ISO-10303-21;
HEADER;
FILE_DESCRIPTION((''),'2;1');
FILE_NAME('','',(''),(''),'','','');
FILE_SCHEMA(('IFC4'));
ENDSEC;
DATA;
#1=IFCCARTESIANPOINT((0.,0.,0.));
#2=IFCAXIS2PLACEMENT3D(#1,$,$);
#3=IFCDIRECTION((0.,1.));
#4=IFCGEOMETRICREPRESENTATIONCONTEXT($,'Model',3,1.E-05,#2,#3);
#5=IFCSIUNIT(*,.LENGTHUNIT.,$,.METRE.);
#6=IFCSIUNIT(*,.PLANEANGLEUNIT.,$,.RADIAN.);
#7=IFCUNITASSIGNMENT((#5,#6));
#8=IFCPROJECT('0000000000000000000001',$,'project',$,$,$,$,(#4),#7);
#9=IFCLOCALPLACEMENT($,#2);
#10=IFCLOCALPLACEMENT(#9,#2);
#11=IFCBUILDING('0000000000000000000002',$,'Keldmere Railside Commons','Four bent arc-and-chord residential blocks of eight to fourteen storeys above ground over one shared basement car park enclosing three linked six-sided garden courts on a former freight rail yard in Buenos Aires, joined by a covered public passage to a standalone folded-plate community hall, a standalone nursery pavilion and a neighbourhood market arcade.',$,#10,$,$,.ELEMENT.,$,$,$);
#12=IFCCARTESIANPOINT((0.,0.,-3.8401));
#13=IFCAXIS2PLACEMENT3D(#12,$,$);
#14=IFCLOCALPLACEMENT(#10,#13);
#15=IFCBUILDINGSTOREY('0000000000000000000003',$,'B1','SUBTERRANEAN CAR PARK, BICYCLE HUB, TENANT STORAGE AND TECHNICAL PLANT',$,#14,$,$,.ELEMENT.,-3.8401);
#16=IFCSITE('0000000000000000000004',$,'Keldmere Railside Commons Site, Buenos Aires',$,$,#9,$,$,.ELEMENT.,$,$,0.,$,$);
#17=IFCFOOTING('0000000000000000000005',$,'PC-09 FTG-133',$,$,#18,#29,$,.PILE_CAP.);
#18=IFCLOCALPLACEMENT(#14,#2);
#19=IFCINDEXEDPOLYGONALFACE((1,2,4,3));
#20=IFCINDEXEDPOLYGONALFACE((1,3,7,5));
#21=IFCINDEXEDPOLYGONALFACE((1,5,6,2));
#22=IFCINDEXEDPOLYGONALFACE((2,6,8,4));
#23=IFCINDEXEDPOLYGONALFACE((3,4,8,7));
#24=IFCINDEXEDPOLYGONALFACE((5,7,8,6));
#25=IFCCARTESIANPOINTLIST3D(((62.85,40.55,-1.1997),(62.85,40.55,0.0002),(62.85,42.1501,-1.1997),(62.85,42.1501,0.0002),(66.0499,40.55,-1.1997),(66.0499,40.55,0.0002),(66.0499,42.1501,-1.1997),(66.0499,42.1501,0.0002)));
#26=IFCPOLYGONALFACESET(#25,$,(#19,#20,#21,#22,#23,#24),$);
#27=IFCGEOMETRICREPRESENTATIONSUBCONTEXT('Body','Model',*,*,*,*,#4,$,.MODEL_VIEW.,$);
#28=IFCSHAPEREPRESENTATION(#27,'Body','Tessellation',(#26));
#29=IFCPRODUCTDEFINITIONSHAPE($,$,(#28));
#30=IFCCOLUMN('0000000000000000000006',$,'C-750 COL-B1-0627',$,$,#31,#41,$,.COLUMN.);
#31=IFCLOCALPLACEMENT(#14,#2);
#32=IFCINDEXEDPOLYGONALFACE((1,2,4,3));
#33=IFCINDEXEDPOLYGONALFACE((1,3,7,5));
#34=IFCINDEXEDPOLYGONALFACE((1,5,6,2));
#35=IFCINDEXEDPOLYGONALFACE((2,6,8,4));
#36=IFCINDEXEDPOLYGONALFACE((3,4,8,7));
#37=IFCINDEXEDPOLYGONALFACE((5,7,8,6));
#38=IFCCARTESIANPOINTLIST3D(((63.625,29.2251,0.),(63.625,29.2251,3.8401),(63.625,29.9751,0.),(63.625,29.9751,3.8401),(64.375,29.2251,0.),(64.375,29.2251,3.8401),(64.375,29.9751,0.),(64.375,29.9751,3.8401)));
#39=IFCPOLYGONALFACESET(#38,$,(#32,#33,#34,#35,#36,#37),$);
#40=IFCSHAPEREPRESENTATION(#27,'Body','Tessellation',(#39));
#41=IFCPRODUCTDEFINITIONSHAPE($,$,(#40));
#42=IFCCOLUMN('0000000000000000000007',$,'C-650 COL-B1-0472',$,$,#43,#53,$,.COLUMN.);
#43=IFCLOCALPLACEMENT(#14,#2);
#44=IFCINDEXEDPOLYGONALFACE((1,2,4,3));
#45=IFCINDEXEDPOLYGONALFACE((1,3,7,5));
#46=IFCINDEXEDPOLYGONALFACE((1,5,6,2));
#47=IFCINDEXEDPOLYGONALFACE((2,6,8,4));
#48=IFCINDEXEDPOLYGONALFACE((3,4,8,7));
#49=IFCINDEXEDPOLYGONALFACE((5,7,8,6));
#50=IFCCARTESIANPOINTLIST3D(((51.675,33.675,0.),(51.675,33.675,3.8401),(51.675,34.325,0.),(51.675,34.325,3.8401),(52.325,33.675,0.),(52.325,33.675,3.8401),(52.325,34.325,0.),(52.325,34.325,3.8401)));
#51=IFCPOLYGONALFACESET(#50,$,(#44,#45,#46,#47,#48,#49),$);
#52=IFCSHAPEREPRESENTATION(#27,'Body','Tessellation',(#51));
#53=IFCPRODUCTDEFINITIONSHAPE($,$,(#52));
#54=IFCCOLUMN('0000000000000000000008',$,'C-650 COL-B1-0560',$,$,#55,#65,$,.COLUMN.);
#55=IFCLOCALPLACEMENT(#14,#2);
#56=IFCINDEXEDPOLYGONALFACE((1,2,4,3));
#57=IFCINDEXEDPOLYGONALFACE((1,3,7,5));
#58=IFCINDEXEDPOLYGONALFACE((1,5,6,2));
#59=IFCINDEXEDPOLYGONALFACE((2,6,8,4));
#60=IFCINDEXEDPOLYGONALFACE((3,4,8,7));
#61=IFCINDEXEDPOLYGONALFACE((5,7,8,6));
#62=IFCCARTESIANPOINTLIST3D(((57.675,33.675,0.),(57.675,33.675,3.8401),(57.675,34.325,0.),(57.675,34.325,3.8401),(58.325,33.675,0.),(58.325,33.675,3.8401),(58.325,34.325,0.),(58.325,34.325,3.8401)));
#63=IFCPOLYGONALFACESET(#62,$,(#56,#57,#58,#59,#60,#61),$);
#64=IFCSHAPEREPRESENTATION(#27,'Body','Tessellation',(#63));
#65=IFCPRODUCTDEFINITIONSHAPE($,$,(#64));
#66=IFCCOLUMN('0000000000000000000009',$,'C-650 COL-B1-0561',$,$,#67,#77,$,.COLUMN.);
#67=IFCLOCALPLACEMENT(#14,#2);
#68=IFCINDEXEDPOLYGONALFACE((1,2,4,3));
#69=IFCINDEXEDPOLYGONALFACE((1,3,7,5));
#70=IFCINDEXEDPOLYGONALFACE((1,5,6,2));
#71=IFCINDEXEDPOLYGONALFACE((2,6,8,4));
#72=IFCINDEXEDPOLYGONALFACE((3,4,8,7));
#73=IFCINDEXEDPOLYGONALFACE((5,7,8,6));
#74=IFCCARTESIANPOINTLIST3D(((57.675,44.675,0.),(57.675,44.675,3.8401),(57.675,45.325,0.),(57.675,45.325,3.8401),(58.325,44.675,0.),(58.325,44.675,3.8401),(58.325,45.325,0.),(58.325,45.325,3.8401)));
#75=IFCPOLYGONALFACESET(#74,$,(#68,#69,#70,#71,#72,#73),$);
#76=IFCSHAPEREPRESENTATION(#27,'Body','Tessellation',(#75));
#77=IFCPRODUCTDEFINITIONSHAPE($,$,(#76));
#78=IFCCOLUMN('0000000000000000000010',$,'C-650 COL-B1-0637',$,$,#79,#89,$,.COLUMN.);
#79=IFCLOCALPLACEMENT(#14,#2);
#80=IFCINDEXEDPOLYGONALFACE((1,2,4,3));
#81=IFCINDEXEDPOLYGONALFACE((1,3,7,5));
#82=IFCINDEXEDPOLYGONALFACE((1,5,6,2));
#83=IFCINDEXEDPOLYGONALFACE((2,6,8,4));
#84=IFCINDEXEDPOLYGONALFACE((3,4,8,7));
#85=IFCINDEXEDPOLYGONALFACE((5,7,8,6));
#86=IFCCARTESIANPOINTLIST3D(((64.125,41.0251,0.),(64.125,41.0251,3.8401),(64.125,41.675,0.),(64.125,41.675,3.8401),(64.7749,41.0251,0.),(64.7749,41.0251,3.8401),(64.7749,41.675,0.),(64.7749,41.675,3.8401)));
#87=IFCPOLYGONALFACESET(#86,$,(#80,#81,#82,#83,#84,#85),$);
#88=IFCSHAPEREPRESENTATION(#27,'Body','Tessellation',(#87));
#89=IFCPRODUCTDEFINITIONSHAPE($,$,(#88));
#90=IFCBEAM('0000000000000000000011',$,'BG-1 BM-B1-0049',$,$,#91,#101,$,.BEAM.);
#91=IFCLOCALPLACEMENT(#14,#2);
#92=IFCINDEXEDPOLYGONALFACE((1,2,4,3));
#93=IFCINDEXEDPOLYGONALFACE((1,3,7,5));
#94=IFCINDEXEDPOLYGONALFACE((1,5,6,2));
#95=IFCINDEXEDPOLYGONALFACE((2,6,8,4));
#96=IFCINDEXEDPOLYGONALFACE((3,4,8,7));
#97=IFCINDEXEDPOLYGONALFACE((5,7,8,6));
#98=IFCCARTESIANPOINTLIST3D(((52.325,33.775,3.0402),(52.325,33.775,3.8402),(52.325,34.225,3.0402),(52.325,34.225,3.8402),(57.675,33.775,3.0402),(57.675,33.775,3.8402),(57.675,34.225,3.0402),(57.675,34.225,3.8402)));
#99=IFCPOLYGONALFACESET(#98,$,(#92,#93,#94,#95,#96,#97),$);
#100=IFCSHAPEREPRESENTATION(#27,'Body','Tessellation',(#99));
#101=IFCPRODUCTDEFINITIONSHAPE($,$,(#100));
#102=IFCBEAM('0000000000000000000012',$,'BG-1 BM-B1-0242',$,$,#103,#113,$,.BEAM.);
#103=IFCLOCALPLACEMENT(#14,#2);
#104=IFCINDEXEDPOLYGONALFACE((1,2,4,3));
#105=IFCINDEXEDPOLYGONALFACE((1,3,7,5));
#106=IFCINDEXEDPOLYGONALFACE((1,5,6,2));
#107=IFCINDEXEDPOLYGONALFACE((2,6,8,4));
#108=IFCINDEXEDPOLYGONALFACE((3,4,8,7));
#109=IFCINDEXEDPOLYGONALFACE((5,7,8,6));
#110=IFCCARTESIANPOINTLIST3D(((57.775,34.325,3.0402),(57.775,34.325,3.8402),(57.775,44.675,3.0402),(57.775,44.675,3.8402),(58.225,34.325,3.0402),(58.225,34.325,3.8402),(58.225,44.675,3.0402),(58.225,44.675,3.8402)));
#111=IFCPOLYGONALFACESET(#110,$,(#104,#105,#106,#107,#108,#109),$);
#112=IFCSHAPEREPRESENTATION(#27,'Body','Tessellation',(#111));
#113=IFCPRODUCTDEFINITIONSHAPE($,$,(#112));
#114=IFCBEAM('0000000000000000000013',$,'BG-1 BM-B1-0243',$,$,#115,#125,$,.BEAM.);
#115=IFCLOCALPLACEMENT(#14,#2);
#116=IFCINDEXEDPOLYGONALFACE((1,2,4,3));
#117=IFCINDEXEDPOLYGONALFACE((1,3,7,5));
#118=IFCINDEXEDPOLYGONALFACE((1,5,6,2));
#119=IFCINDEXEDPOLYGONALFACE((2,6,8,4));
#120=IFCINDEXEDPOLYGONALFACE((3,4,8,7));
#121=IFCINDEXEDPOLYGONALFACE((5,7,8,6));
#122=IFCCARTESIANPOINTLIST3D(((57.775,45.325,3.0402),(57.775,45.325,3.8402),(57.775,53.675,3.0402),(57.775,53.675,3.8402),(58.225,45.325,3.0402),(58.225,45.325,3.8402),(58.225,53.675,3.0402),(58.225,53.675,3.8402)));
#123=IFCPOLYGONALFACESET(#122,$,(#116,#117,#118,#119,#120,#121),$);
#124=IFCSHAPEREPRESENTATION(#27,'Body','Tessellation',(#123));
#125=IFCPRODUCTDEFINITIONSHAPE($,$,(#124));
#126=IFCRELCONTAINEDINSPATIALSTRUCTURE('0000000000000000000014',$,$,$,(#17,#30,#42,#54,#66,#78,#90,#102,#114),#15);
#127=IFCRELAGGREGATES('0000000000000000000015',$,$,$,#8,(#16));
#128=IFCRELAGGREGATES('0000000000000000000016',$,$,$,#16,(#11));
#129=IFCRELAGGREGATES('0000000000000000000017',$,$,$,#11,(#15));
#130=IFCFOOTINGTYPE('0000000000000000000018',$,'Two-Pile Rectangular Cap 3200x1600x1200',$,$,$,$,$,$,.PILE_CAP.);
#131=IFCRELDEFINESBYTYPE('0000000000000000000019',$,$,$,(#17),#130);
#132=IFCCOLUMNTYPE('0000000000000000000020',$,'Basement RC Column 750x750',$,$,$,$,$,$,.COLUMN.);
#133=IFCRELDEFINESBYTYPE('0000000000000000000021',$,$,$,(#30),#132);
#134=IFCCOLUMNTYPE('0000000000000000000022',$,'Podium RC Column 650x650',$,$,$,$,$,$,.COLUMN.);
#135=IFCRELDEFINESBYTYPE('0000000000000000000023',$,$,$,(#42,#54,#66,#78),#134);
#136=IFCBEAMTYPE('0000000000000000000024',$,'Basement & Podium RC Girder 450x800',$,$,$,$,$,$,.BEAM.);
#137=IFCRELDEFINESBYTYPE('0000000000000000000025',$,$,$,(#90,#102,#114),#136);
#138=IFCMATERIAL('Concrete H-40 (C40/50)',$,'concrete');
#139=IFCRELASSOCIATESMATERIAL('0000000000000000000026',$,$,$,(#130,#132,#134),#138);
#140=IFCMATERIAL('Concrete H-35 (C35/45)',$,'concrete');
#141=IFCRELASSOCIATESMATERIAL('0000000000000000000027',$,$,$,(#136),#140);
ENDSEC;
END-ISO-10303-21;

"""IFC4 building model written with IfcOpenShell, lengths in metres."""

from ifc_helpers import new_model, si_unit, direction, frame, origin, origin_2d, place, context, subcontext, project, spatial, rectangle, extrude, material, material_profile, profile_set, type_object, element, save


model = new_model("IFC4")

# Units and contexts
model_context = context("Model", 3, precision=1e-05, world=origin(), true_north=direction((0.0, 1.0)))
body_context = subcontext(model_context, "Body", "Model", "MODEL_VIEW")
ifc_project = project(units=[si_unit("LENGTHUNIT", "METRE"), si_unit("PLANEANGLEUNIT", "RADIAN")], contexts=[model_context])

# Site, building, storey
site_placement = place(None, origin())
site = spatial("IfcSite", under=ifc_project, at=site_placement, Name="Keldmere Railside Commons Site, Buenos Aires", CompositionType="ELEMENT", RefElevation=0.0)
building_placement = place(site_placement, origin())
building = spatial("IfcBuilding", under=site, at=building_placement, Name="Keldmere Railside Commons", Description="Four bent arc-and-chord residential blocks of eight to fourteen storeys above ground over one shared basement car park enclosing three linked six-sided garden courts on a former freight rail yard in Buenos Aires, joined by a covered public passage to a standalone folded-plate community hall, a standalone nursery pavilion and a neighbourhood market arcade.", CompositionType="ELEMENT")
storey_placement = place(building_placement, frame((0.0, 0.0, -3.8401)))
storey = spatial("IfcBuildingStorey", under=building, at=storey_placement, Name="B1", Description="SUBTERRANEAN CAR PARK, BICYCLE HUB, TENANT STORAGE AND TECHNICAL PLANT", CompositionType="ELEMENT", Elevation=-3.8401)

# Footing
ifc_material_1 = material(Name="Concrete H-40 (C40/50)", Category="concrete")
footing_type_1 = type_object("IfcFootingType", Name="Two-Pile Rectangular Cap 3200x1600x1200", PredefinedType="PILE_CAP", material=ifc_material_1)
footing_1_placement = place(storey_placement, frame((64.45, 41.3501, -1.1997), z_axis=(0.0, 0.0, 1.0), x_axis=(1.0, 0.0, 0.0)))
element("IfcFooting", 1, at=footing_1_placement, inside=storey, type_object=footing_type_1, Name="PC-09 FTG-133", PredefinedType="PILE_CAP", context=body_context, shape_type="SweptSolid", body=[
    extrude(rectangle(XDim=3.2, YDim=1.6001, at=origin_2d()), origin(), (0.0, 0.0, 1.0), 1.2),
])

# Columns
ifc_material_profile_1 = material_profile(ifc_material_1, rectangle(XDim=0.75, YDim=0.75, at=origin_2d()), Name="RC-750x750")
ifc_profile_set_1 = profile_set([ifc_material_profile_1], Name="Concrete H-40 (C40/50)")
column_type_1 = type_object("IfcColumnType", Name="Basement RC Column 750x750", PredefinedType="COLUMN", material=ifc_profile_set_1)
column_placement = place(storey_placement, frame((64.0, 29.6001, 0.0), z_axis=(0.0, 0.0, 1.0), x_axis=(1.0, 0.0, 0.0)))
element("IfcColumn", 2, at=column_placement, inside=storey, type_object=column_type_1, Name="C-750 COL-B1-0627", PredefinedType="COLUMN", context=body_context, shape_type="SweptSolid", body=[
    extrude(rectangle(XDim=0.75, YDim=0.75, at=origin_2d()), origin(), (0.0, 0.0, 1.0), 3.8401),
])
ifc_material_profile_2 = material_profile(ifc_material_1, rectangle(XDim=0.6499, YDim=0.6499, at=origin_2d()), Name="RC-650x650")
ifc_profile_set_2 = profile_set([ifc_material_profile_2], Name="Concrete H-40 (C40/50)")
column_type_2 = type_object("IfcColumnType", Name="Podium RC Column 650x650", PredefinedType="COLUMN", material=ifc_profile_set_2)
for number, where, z_axis, x_axis, name in (
    (3, (52.0, 34.0, 0.0), (0.0, 0.0, 1.0), (1.0, 0.0, 0.0), "C-650 COL-B1-0472"),
    (4, (58.0, 34.0, 0.0), (0.0, 0.0, 1.0), (1.0, 0.0, 0.0), "C-650 COL-B1-0560"),
    (5, (58.0, 45.0, 0.0), (0.0, 0.0, 1.0), (1.0, 0.0, 0.0), "C-650 COL-B1-0561"),
    (6, (64.45, 41.3501, 0.0), (0.0, 0.0, 1.0), (1.0, 0.0, 0.0), "C-650 COL-B1-0637"),
):
    element("IfcColumn", number, at=place(storey_placement, frame(where, z_axis=z_axis, x_axis=x_axis)), inside=storey, type_object=column_type_2, Name=name, PredefinedType="COLUMN", context=body_context, shape_type="SweptSolid", body=[
        extrude(rectangle(XDim=0.6499, YDim=0.6499, at=origin_2d()), origin(), (0.0, 0.0, 1.0), 3.8401),
    ])

# Beams
ifc_material_2 = material(Name="Concrete H-35 (C35/45)", Category="concrete")
ifc_material_profile_3 = material_profile(ifc_material_2, rectangle(XDim=0.45, YDim=0.8, at=origin_2d()), Name="RC-450x800")
ifc_profile_set_3 = profile_set([ifc_material_profile_3], Name="Concrete H-35 (C35/45)")
beam_type = type_object("IfcBeamType", Name="Basement & Podium RC Girder 450x800", PredefinedType="BEAM", material=ifc_profile_set_3)
beam_1_placement = place(storey_placement, frame((52.325, 34.0, 3.4402), z_axis=(1.0, 0.0, 0.0), x_axis=(0.0, 1.0, 0.0)))
element("IfcBeam", 7, at=beam_1_placement, inside=storey, type_object=beam_type, Name="BG-1 BM-B1-0049", PredefinedType="BEAM", context=body_context, shape_type="SweptSolid", body=[
    extrude(rectangle(XDim=0.45, YDim=0.8, at=origin_2d()), origin(), (0.0, 0.0, 1.0), 5.3501),
])
beam_2_placement = place(storey_placement, frame((58.0, 34.325, 3.4402), z_axis=(0.0, 1.0, 0.0), x_axis=(-1.0, 0.0, 0.0)))
element("IfcBeam", 8, at=beam_2_placement, inside=storey, type_object=beam_type, Name="BG-1 BM-B1-0242", PredefinedType="BEAM", context=body_context, shape_type="SweptSolid", body=[
    extrude(rectangle(XDim=0.45, YDim=0.8, at=origin_2d()), origin(), (0.0, 0.0, 1.0), 10.3501),
])
beam_3_placement = place(storey_placement, frame((58.0, 45.325, 3.4402), z_axis=(0.0, 1.0, 0.0), x_axis=(-1.0, 0.0, 0.0)))
element("IfcBeam", 9, at=beam_3_placement, inside=storey, type_object=beam_type, Name="BG-1 BM-B1-0243", PredefinedType="BEAM", context=body_context, shape_type="SweptSolid", body=[
    extrude(rectangle(XDim=0.45, YDim=0.8, at=origin_2d()), origin(), (0.0, 0.0, 1.0), 8.3501),
])

save(model, "model.ifc")
